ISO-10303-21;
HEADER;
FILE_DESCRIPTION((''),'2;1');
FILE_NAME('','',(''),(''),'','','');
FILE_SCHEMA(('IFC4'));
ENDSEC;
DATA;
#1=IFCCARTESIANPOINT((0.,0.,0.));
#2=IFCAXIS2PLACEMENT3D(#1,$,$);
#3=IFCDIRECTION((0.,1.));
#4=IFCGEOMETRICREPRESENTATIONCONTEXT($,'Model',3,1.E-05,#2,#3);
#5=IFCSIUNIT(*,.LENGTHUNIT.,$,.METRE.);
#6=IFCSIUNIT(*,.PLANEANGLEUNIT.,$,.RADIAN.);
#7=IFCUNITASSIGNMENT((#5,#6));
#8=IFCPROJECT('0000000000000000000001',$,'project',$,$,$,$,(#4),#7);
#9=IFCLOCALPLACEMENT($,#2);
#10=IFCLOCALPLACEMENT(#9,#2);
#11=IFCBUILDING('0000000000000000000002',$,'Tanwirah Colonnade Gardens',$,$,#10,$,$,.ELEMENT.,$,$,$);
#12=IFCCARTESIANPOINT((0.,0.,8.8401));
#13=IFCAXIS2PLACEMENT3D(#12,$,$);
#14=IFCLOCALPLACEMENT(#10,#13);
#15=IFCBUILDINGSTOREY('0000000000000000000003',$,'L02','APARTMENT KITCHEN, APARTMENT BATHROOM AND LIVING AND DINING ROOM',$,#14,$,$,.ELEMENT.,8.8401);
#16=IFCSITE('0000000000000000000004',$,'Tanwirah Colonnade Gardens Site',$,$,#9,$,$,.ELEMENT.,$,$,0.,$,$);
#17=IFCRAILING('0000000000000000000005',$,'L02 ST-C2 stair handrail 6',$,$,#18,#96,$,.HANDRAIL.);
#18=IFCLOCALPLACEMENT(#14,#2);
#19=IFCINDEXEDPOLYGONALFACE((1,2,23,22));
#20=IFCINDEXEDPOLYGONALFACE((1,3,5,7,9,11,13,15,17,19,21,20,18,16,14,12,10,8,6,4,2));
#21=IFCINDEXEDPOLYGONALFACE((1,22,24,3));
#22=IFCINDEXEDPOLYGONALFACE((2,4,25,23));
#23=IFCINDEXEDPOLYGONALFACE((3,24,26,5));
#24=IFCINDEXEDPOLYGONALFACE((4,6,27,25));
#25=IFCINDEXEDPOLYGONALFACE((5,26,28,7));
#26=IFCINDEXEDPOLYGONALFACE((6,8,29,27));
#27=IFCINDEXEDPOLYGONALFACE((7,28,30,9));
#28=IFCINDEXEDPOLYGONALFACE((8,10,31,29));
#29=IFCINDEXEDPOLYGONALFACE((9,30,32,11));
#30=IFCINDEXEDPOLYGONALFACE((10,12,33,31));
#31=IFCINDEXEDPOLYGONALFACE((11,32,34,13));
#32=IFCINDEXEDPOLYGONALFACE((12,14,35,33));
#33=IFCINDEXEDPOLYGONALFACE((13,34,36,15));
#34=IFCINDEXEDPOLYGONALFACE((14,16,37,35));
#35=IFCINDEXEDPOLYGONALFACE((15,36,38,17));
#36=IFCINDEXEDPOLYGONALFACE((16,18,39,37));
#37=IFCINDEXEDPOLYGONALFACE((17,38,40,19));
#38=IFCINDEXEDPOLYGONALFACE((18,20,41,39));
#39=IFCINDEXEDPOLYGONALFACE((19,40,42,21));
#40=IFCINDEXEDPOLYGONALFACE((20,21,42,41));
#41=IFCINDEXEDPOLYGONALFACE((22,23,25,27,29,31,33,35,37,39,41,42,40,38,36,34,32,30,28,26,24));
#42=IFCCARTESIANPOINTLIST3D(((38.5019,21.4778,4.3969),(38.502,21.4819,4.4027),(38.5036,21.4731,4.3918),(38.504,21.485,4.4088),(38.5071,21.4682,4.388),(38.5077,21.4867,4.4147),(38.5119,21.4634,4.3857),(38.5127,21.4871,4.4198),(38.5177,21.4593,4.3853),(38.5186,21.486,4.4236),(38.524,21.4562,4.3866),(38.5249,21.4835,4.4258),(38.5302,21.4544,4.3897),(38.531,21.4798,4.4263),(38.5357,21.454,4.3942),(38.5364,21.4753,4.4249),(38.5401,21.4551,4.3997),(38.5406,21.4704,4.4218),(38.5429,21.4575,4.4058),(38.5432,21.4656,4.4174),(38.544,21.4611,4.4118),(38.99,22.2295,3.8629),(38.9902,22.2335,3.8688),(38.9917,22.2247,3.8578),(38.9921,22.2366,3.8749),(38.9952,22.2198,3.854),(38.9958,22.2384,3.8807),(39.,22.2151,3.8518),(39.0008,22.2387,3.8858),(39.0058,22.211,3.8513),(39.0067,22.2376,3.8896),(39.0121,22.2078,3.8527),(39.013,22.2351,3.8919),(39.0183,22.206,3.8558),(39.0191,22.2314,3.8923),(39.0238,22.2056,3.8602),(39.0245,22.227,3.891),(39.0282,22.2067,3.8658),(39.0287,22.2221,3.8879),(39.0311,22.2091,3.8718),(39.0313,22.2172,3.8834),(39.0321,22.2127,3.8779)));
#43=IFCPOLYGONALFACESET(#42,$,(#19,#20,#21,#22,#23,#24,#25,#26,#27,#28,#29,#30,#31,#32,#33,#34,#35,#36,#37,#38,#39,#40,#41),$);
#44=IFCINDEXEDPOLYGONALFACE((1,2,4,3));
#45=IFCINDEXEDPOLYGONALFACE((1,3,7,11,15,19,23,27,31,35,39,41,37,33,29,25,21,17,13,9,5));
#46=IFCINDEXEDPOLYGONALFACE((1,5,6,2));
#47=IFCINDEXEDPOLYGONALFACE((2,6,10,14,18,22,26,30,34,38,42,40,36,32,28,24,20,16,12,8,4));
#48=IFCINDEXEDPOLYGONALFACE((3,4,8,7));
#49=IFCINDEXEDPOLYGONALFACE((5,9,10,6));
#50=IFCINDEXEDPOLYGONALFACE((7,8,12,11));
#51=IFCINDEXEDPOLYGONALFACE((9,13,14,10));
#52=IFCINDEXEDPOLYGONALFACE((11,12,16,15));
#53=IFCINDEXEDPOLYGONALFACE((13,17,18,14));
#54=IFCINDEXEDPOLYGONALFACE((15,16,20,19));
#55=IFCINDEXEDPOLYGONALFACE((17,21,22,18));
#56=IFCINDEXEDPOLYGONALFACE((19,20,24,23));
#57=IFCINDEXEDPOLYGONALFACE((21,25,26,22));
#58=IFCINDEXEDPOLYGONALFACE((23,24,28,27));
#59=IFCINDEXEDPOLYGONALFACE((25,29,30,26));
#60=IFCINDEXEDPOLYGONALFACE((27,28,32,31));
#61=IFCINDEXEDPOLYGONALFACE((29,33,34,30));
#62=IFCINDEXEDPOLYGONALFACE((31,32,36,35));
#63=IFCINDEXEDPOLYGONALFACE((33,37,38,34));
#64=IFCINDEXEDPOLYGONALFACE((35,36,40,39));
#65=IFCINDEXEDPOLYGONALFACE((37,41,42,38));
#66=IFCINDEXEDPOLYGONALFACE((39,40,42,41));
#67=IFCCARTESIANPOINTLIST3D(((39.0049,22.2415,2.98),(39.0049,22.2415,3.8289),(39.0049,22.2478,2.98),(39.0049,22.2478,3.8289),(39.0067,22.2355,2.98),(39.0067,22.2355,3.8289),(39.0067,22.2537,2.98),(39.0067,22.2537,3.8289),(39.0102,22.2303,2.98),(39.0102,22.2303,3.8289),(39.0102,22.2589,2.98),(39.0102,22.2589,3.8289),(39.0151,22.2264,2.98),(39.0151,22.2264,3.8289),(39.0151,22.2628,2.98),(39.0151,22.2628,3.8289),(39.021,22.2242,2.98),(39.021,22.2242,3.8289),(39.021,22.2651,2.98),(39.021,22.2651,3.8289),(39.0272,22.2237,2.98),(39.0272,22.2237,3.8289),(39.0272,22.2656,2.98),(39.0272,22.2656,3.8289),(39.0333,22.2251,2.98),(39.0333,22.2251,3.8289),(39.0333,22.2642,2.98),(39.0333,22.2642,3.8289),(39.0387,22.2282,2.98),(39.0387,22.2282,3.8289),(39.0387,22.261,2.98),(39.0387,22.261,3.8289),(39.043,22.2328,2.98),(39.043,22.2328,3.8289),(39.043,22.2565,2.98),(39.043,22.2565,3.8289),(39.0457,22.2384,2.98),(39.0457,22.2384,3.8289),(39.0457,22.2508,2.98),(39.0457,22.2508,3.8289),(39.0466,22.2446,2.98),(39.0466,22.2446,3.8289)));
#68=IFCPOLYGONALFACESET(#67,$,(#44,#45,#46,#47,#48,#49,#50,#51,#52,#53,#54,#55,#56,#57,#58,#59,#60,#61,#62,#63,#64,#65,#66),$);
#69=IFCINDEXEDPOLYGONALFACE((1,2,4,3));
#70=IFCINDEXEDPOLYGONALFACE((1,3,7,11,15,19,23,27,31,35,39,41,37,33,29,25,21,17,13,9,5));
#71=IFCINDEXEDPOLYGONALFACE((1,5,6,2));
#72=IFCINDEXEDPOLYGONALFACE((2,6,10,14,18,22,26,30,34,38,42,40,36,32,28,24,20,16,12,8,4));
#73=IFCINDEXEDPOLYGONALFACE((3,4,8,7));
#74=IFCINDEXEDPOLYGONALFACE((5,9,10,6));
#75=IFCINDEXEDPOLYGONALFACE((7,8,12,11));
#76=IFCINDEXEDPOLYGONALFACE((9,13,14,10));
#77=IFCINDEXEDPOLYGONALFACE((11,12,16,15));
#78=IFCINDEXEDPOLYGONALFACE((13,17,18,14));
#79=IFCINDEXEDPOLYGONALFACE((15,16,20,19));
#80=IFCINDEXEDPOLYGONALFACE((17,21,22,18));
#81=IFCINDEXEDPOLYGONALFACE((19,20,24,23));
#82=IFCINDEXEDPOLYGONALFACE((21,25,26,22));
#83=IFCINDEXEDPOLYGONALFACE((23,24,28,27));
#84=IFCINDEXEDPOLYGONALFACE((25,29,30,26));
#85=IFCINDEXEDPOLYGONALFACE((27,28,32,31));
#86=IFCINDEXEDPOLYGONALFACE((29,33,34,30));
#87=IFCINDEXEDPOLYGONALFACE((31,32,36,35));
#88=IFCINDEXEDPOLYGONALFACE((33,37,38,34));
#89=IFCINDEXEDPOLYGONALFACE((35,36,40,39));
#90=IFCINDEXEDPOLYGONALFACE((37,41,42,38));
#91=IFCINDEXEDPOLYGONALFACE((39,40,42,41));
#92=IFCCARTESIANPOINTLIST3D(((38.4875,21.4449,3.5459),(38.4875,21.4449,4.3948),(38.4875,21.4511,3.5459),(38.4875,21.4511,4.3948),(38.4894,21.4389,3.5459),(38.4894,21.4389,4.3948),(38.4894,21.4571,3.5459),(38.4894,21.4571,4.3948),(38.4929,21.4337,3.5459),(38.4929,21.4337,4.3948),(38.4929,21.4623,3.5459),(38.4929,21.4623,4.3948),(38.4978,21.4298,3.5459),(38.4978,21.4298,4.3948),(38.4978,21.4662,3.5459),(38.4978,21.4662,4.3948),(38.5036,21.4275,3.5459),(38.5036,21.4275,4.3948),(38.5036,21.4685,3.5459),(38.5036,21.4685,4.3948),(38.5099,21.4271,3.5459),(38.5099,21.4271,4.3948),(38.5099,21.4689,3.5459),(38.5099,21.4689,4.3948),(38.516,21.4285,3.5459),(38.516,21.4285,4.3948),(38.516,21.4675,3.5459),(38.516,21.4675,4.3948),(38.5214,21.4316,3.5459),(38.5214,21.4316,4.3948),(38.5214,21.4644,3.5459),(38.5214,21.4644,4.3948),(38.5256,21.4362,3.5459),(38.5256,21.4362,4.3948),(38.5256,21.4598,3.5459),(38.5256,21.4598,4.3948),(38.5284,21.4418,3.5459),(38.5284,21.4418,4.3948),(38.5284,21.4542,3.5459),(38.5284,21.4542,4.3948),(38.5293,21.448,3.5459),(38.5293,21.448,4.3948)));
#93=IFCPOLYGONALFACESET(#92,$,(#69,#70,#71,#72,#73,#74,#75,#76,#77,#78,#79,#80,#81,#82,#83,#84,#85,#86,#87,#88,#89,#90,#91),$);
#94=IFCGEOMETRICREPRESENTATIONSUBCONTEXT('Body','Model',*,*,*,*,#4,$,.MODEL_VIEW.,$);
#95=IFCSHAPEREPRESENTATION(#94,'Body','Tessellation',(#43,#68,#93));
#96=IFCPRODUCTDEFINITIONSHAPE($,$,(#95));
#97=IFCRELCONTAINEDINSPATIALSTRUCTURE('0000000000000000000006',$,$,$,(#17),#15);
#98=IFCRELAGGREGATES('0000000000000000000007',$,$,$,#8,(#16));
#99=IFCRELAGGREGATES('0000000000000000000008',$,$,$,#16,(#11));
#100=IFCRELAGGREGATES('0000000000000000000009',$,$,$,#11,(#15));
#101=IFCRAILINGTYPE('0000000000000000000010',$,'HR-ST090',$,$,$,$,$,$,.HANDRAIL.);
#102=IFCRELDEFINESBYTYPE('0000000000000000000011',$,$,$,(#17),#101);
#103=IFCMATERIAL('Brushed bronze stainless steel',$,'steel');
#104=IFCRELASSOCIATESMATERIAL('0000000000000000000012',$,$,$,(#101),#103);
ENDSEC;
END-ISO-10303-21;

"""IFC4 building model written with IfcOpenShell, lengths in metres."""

from ifc_helpers import new_model, si_unit, direction, frame, origin, origin_2d, place, context, subcontext, project, spatial, circle, extrude, material, type_object, element, save


model = new_model("IFC4")

# Units and contexts
model_context = context("Model", 3, precision=1e-05, world=origin(), true_north=direction((0.0, 1.0)))
body_context = subcontext(model_context, "Body", "Model", "MODEL_VIEW")
ifc_project = project(units=[si_unit("LENGTHUNIT", "METRE"), si_unit("PLANEANGLEUNIT", "RADIAN")], contexts=[model_context])

# Site, building, storey
site_placement = place(None, origin())
site = spatial("IfcSite", under=ifc_project, at=site_placement, Name="Tanwirah Colonnade Gardens Site", CompositionType="ELEMENT", RefElevation=0.0)
building_placement = place(site_placement, origin())
building = spatial("IfcBuilding", under=site, at=building_placement, Name="Tanwirah Colonnade Gardens", CompositionType="ELEMENT")
storey_placement = place(building_placement, frame((0.0, 0.0, 8.8401)))
storey = spatial("IfcBuildingStorey", under=building, at=storey_placement, Name="L02", Description="APARTMENT KITCHEN, APARTMENT BATHROOM AND LIVING AND DINING ROOM", CompositionType="ELEMENT", Elevation=8.8401)

# Railing
ifc_material_1 = material(Name="Brushed bronze stainless steel", Category="steel")
railing_type_1 = type_object("IfcRailingType", Name="HR-ST090", PredefinedType="HANDRAIL", material=ifc_material_1)
railing_1_placement = place(storey_placement, frame((39.0256, 22.2446, 2.98)))
element("IfcRailing", 1, at=railing_1_placement, inside=storey, type_object=railing_type_1, Name="L02 ST-C2 stair handrail 6", PredefinedType="HANDRAIL", context=body_context, shape_type="SweptSolid", body=[
    extrude(circle(Radius=0.0239, at=origin_2d()), frame((-0.0146, -0.0225, 0.8918), z_axis=(-0.46789, -0.720492, 0.51183), x_axis=(0.838673, -0.544636, 0.0)), (0.0, 0.0, 1.0), 1.0432),
    extrude(circle(Radius=0.021, at=origin_2d()), origin(), (0.0, 0.0, 1.0), 0.8489),
    extrude(circle(Radius=0.021, at=origin_2d()), frame((-0.5173, -0.7966, 0.5659)), (0.0, 0.0, 1.0), 0.8489),
])

save(model, "model.ifc")
